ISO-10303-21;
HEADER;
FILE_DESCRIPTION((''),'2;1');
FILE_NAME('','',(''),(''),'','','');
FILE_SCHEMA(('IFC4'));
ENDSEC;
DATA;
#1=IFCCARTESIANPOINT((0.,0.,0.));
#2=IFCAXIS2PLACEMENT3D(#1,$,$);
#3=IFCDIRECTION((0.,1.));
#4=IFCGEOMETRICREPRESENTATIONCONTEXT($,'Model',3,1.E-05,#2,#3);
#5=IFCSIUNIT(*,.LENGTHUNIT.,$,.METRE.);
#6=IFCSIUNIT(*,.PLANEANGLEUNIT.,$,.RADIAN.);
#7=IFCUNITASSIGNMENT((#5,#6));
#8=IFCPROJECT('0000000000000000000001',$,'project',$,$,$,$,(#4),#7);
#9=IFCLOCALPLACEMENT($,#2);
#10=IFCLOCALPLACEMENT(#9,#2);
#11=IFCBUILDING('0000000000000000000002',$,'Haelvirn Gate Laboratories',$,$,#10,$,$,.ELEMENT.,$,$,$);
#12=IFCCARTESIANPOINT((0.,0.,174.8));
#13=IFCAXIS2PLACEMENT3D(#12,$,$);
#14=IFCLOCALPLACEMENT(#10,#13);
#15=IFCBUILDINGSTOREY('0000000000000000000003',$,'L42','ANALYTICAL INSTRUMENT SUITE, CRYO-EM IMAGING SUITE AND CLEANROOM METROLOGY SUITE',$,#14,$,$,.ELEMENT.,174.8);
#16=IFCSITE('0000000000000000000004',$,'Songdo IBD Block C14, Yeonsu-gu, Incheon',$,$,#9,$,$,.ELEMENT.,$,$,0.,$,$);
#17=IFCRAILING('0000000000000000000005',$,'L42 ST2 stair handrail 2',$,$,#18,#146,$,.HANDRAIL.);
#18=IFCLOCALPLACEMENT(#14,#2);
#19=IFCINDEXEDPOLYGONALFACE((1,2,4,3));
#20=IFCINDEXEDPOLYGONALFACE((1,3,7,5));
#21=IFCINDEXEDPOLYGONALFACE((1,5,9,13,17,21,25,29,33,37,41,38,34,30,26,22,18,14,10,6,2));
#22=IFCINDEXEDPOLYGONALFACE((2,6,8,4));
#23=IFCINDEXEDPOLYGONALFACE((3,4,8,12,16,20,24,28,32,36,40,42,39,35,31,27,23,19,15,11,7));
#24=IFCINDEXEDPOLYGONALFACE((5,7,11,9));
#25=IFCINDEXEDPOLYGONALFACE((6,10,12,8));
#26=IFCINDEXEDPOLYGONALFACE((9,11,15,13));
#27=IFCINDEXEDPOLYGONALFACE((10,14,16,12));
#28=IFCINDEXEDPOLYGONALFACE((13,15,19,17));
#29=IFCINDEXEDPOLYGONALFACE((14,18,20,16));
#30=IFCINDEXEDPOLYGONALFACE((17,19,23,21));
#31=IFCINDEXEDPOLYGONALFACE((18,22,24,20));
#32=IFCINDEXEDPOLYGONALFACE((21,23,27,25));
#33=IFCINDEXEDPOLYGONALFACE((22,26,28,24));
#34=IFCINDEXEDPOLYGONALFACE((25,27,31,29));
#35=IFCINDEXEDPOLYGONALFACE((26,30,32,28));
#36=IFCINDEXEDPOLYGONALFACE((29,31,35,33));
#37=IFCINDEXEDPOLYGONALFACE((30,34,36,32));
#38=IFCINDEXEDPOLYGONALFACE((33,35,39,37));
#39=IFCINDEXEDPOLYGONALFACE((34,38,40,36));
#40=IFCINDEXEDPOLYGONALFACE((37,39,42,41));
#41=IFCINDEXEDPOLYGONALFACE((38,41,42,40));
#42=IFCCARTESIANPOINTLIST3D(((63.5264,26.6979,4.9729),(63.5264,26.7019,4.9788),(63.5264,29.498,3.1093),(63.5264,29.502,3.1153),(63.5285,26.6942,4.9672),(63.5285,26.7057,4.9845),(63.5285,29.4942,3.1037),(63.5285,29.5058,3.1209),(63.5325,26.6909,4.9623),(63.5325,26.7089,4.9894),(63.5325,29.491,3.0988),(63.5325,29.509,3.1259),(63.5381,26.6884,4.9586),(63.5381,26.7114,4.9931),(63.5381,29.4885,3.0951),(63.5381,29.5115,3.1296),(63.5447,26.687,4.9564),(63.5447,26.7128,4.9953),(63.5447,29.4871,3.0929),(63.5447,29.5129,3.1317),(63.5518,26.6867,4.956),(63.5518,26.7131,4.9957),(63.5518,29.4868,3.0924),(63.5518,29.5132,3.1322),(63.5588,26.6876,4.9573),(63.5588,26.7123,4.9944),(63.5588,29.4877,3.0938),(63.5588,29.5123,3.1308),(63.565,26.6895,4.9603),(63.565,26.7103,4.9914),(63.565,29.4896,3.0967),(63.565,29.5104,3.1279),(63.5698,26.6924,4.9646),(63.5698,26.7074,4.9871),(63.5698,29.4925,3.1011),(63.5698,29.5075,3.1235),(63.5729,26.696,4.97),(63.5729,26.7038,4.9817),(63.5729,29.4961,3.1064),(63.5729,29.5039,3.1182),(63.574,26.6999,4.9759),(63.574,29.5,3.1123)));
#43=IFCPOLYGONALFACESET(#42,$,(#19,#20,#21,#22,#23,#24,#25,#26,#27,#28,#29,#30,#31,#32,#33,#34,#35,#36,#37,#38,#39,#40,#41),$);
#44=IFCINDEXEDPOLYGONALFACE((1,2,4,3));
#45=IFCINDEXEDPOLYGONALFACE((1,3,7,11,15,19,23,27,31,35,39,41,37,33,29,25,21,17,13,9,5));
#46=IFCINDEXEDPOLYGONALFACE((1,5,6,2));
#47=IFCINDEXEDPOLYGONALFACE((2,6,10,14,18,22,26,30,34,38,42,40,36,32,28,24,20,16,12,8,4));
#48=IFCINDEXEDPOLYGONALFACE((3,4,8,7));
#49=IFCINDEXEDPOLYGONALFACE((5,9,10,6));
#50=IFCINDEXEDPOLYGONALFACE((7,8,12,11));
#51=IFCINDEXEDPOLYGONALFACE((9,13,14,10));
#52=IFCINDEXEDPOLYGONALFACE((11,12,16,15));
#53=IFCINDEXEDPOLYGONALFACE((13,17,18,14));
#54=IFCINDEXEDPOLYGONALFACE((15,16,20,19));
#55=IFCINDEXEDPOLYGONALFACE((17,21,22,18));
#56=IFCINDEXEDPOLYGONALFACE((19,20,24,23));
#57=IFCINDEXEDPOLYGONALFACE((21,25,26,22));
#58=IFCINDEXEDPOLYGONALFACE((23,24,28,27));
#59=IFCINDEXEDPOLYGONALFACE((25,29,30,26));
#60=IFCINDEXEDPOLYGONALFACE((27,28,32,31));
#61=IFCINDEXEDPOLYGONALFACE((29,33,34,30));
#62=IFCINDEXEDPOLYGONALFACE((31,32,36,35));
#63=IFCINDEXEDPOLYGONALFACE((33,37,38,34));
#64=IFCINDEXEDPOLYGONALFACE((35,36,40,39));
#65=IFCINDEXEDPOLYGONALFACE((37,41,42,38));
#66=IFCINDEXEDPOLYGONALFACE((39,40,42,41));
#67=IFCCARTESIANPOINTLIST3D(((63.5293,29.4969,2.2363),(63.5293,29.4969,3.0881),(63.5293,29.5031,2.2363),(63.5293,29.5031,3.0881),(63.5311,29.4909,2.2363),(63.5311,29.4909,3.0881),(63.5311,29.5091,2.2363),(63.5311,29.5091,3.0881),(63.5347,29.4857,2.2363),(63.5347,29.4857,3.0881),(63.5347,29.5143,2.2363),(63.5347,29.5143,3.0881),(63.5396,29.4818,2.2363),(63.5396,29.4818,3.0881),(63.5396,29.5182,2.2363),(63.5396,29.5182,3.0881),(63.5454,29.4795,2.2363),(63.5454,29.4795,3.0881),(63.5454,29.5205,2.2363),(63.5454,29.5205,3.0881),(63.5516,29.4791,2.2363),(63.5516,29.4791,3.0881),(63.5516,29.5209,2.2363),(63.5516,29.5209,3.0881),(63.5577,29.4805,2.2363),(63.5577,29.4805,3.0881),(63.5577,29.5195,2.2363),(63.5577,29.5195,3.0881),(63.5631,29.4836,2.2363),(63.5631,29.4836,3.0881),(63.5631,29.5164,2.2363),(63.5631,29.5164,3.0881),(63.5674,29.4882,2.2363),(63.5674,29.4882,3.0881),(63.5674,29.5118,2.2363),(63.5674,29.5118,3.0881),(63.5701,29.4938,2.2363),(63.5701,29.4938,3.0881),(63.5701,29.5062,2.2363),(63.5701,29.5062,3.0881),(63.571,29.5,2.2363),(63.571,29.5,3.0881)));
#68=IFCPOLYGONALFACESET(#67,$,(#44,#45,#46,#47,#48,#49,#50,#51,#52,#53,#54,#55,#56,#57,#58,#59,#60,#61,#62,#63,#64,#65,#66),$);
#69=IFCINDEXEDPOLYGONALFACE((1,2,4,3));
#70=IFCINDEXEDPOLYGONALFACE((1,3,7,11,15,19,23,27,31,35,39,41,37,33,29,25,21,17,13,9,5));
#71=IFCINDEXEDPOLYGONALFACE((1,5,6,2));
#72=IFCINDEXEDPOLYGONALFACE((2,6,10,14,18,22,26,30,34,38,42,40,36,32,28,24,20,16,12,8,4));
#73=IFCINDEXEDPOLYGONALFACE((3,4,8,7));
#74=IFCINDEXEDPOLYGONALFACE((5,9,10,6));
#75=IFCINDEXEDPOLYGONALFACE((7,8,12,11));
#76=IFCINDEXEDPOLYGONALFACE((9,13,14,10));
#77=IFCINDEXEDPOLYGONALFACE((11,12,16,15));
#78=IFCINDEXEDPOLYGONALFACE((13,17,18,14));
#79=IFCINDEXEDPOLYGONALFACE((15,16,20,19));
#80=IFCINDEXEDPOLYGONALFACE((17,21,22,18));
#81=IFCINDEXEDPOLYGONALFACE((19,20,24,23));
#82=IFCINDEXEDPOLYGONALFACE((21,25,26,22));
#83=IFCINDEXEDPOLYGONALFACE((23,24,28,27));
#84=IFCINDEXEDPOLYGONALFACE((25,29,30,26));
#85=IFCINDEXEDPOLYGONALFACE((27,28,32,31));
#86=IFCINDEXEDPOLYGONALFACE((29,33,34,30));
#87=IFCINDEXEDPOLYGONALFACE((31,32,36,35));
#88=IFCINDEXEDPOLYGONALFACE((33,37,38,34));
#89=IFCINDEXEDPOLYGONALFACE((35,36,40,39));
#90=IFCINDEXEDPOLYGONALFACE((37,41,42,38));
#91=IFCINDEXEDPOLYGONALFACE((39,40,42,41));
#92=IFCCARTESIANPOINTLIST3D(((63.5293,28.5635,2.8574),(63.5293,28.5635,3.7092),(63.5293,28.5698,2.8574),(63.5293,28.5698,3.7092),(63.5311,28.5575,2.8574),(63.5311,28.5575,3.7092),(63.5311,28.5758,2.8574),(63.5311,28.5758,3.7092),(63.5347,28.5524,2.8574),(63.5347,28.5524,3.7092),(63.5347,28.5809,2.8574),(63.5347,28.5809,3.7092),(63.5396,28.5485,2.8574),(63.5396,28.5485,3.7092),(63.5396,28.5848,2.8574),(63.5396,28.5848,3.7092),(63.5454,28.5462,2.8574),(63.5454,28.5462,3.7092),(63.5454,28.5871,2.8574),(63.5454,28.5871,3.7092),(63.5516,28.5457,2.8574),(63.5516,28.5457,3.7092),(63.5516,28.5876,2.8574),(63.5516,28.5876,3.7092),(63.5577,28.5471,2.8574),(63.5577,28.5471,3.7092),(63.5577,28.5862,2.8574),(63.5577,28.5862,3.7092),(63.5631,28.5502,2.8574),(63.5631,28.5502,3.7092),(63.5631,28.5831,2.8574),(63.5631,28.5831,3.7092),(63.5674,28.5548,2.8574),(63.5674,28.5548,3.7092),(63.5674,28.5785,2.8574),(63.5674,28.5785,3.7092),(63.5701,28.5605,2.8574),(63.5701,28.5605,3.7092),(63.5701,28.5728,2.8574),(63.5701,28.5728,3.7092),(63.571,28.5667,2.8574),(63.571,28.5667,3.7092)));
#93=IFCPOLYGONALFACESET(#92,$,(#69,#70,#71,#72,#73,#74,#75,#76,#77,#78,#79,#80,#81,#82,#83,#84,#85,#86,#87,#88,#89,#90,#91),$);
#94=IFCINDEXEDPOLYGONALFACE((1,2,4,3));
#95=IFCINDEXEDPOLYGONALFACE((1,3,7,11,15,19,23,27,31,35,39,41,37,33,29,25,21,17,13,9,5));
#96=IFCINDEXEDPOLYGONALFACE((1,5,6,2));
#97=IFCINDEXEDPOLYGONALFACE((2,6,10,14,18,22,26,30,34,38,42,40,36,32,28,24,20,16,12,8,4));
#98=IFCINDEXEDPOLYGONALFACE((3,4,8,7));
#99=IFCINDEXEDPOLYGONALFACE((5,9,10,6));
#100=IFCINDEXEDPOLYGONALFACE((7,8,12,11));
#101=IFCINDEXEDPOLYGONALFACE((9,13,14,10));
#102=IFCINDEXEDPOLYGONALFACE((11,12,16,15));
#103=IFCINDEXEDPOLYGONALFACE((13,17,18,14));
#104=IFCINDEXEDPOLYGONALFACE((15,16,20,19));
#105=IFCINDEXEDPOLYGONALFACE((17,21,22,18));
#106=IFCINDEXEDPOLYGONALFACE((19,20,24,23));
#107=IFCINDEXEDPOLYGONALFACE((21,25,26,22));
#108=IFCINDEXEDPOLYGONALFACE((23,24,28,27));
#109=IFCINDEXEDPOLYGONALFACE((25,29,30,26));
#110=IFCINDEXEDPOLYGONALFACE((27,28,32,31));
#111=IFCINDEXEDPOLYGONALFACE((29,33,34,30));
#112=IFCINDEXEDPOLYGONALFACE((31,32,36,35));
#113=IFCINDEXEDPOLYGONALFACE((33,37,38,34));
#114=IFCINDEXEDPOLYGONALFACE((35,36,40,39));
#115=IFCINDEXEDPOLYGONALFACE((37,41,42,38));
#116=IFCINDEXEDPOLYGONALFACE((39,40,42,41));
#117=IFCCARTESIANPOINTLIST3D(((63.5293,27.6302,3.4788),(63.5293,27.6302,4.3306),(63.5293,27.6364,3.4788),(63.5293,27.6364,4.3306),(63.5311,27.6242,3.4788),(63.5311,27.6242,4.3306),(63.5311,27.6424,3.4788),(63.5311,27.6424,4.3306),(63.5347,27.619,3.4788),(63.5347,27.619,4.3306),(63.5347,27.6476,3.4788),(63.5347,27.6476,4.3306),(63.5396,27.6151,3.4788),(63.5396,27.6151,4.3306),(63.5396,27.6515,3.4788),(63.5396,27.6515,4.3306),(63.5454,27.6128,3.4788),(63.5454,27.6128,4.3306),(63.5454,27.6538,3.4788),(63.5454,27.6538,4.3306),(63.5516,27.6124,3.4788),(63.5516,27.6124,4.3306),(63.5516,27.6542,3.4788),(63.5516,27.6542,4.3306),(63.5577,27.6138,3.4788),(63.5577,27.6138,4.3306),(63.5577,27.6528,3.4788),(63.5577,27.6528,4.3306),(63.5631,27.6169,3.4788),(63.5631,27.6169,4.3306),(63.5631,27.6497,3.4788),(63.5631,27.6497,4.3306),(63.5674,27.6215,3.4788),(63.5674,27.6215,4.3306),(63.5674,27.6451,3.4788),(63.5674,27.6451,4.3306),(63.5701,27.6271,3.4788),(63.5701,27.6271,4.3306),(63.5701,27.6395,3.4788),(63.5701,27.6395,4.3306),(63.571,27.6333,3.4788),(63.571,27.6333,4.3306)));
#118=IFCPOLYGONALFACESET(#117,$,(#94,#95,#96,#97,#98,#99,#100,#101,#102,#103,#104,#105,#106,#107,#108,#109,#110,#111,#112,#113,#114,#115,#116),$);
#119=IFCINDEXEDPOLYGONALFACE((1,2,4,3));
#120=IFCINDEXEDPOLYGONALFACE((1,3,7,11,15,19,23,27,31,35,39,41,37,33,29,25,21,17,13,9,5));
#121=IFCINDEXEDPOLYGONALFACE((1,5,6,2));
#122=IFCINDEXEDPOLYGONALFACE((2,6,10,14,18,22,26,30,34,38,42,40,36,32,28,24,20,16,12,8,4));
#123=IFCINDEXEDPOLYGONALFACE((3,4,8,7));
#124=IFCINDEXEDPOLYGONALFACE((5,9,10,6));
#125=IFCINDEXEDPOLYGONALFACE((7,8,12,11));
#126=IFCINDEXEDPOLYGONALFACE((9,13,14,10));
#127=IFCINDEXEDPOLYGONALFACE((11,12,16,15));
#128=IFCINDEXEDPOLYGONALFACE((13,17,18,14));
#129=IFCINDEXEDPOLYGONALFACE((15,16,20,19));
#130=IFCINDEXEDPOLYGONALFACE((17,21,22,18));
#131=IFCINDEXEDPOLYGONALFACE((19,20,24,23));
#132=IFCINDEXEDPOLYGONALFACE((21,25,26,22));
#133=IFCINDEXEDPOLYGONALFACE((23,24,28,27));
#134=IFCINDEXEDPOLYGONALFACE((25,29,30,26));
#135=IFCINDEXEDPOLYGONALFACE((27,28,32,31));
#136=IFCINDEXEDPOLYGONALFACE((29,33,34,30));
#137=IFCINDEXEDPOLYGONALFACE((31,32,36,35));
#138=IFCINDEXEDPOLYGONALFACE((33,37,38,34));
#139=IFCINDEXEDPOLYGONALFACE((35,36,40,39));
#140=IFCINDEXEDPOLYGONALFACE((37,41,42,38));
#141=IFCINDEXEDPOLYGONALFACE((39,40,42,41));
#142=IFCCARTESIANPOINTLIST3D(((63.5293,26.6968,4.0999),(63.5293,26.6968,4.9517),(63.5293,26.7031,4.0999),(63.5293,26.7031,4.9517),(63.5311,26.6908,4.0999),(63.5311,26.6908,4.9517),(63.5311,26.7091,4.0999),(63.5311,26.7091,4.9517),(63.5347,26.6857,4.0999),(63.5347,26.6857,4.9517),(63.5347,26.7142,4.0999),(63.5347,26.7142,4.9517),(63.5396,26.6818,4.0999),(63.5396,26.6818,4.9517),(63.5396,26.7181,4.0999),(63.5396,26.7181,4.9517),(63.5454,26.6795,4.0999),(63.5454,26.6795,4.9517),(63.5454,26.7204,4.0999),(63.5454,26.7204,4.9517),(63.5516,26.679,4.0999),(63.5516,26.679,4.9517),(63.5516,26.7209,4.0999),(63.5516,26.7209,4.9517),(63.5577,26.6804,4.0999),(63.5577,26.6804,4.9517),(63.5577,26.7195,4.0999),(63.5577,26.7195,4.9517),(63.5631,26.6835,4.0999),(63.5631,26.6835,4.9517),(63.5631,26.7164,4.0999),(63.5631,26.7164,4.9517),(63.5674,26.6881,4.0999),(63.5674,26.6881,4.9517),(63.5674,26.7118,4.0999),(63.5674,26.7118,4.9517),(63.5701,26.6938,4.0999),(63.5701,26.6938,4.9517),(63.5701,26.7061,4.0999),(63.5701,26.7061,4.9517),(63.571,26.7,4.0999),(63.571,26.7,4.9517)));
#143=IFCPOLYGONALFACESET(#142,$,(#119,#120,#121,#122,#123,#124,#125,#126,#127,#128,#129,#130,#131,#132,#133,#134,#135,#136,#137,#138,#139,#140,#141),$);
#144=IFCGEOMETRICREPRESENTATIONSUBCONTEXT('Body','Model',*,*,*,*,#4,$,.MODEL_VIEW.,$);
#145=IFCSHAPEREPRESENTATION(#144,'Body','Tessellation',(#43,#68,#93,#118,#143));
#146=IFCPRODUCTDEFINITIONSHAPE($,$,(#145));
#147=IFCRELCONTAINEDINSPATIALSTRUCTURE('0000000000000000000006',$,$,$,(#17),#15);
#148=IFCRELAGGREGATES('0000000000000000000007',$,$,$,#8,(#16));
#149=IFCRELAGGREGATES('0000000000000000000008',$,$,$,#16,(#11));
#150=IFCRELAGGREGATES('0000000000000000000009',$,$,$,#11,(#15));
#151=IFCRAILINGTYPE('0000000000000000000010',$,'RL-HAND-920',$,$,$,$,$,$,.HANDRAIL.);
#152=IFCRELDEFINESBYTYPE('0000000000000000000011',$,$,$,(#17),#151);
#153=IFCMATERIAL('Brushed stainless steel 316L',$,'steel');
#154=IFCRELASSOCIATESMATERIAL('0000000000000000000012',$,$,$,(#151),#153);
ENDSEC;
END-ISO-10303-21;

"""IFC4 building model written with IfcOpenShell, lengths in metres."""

from ifc_helpers import new_model, si_unit, direction, frame, origin, origin_2d, place, context, subcontext, project, spatial, circle, extrude, source, transform, mapped, material, type_object, element, save


model = new_model("IFC4")

# Units and contexts
model_context = context("Model", 3, precision=1e-05, world=origin(), true_north=direction((0.0, 1.0)))
body_context = subcontext(model_context, "Body", "Model", "MODEL_VIEW")
ifc_project = project(units=[si_unit("LENGTHUNIT", "METRE"), si_unit("PLANEANGLEUNIT", "RADIAN")], contexts=[model_context])

# Site, building, storey
site_placement = place(None, origin())
site = spatial("IfcSite", under=ifc_project, at=site_placement, Name="Songdo IBD Block C14, Yeonsu-gu, Incheon", CompositionType="ELEMENT", RefElevation=0.0)
building_placement = place(site_placement, origin())
building = spatial("IfcBuilding", under=site, at=building_placement, Name="Haelvirn Gate Laboratories", CompositionType="ELEMENT")
storey_placement = place(building_placement, frame((0.0, 0.0, 174.8)))
storey = spatial("IfcBuildingStorey", under=building, at=storey_placement, Name="L42", Description="ANALYTICAL INSTRUMENT SUITE, CRYO-EM IMAGING SUITE AND CLEANROOM METROLOGY SUITE", CompositionType="ELEMENT", Elevation=174.8)

# Railing
ifc_material_1 = material(Name="Brushed stainless steel 316L", Category="steel")
railing_type_1 = type_object("IfcRailingType", Name="RL-HAND-920", PredefinedType="HANDRAIL", material=ifc_material_1)
shared_shape_1 = source(origin(), body_context, "Body", "SweptSolid", [
    extrude(circle(Radius=0.0239, at=origin_2d()), frame((0.0, 0.0, 0.876), z_axis=(0.0, -0.832486, 0.554047), x_axis=(1.0, 0.0, 0.0)), (0.0, 0.0, 1.0), 3.3635),
    extrude(circle(Radius=0.021, at=origin_2d()), origin(), (0.0, 0.0, 1.0), 0.8518),
    extrude(circle(Radius=0.021, at=origin_2d()), frame((0.0, -0.9333, 0.6211)), (0.0, 0.0, 1.0), 0.8518),
    extrude(circle(Radius=0.021, at=origin_2d()), frame((0.0, -1.8667, 1.2424)), (0.0, 0.0, 1.0), 0.8518),
    extrude(circle(Radius=0.021, at=origin_2d()), frame((0.0, -2.8, 1.8635)), (0.0, 0.0, 1.0), 0.8518),
])
railing_1_placement = place(storey_placement, frame((63.55, 29.5, 2.2363)))
element("IfcRailing", 1, at=railing_1_placement, inside=storey, type_object=railing_type_1, Name="L42 ST2 stair handrail 2", PredefinedType="HANDRAIL", context=body_context, shape_type="MappedRepresentation", body=[
    mapped(shared_shape_1, transform((0.0, 0.0, 0.0), scale=1.0)),
])

save(model, "model.ifc")
